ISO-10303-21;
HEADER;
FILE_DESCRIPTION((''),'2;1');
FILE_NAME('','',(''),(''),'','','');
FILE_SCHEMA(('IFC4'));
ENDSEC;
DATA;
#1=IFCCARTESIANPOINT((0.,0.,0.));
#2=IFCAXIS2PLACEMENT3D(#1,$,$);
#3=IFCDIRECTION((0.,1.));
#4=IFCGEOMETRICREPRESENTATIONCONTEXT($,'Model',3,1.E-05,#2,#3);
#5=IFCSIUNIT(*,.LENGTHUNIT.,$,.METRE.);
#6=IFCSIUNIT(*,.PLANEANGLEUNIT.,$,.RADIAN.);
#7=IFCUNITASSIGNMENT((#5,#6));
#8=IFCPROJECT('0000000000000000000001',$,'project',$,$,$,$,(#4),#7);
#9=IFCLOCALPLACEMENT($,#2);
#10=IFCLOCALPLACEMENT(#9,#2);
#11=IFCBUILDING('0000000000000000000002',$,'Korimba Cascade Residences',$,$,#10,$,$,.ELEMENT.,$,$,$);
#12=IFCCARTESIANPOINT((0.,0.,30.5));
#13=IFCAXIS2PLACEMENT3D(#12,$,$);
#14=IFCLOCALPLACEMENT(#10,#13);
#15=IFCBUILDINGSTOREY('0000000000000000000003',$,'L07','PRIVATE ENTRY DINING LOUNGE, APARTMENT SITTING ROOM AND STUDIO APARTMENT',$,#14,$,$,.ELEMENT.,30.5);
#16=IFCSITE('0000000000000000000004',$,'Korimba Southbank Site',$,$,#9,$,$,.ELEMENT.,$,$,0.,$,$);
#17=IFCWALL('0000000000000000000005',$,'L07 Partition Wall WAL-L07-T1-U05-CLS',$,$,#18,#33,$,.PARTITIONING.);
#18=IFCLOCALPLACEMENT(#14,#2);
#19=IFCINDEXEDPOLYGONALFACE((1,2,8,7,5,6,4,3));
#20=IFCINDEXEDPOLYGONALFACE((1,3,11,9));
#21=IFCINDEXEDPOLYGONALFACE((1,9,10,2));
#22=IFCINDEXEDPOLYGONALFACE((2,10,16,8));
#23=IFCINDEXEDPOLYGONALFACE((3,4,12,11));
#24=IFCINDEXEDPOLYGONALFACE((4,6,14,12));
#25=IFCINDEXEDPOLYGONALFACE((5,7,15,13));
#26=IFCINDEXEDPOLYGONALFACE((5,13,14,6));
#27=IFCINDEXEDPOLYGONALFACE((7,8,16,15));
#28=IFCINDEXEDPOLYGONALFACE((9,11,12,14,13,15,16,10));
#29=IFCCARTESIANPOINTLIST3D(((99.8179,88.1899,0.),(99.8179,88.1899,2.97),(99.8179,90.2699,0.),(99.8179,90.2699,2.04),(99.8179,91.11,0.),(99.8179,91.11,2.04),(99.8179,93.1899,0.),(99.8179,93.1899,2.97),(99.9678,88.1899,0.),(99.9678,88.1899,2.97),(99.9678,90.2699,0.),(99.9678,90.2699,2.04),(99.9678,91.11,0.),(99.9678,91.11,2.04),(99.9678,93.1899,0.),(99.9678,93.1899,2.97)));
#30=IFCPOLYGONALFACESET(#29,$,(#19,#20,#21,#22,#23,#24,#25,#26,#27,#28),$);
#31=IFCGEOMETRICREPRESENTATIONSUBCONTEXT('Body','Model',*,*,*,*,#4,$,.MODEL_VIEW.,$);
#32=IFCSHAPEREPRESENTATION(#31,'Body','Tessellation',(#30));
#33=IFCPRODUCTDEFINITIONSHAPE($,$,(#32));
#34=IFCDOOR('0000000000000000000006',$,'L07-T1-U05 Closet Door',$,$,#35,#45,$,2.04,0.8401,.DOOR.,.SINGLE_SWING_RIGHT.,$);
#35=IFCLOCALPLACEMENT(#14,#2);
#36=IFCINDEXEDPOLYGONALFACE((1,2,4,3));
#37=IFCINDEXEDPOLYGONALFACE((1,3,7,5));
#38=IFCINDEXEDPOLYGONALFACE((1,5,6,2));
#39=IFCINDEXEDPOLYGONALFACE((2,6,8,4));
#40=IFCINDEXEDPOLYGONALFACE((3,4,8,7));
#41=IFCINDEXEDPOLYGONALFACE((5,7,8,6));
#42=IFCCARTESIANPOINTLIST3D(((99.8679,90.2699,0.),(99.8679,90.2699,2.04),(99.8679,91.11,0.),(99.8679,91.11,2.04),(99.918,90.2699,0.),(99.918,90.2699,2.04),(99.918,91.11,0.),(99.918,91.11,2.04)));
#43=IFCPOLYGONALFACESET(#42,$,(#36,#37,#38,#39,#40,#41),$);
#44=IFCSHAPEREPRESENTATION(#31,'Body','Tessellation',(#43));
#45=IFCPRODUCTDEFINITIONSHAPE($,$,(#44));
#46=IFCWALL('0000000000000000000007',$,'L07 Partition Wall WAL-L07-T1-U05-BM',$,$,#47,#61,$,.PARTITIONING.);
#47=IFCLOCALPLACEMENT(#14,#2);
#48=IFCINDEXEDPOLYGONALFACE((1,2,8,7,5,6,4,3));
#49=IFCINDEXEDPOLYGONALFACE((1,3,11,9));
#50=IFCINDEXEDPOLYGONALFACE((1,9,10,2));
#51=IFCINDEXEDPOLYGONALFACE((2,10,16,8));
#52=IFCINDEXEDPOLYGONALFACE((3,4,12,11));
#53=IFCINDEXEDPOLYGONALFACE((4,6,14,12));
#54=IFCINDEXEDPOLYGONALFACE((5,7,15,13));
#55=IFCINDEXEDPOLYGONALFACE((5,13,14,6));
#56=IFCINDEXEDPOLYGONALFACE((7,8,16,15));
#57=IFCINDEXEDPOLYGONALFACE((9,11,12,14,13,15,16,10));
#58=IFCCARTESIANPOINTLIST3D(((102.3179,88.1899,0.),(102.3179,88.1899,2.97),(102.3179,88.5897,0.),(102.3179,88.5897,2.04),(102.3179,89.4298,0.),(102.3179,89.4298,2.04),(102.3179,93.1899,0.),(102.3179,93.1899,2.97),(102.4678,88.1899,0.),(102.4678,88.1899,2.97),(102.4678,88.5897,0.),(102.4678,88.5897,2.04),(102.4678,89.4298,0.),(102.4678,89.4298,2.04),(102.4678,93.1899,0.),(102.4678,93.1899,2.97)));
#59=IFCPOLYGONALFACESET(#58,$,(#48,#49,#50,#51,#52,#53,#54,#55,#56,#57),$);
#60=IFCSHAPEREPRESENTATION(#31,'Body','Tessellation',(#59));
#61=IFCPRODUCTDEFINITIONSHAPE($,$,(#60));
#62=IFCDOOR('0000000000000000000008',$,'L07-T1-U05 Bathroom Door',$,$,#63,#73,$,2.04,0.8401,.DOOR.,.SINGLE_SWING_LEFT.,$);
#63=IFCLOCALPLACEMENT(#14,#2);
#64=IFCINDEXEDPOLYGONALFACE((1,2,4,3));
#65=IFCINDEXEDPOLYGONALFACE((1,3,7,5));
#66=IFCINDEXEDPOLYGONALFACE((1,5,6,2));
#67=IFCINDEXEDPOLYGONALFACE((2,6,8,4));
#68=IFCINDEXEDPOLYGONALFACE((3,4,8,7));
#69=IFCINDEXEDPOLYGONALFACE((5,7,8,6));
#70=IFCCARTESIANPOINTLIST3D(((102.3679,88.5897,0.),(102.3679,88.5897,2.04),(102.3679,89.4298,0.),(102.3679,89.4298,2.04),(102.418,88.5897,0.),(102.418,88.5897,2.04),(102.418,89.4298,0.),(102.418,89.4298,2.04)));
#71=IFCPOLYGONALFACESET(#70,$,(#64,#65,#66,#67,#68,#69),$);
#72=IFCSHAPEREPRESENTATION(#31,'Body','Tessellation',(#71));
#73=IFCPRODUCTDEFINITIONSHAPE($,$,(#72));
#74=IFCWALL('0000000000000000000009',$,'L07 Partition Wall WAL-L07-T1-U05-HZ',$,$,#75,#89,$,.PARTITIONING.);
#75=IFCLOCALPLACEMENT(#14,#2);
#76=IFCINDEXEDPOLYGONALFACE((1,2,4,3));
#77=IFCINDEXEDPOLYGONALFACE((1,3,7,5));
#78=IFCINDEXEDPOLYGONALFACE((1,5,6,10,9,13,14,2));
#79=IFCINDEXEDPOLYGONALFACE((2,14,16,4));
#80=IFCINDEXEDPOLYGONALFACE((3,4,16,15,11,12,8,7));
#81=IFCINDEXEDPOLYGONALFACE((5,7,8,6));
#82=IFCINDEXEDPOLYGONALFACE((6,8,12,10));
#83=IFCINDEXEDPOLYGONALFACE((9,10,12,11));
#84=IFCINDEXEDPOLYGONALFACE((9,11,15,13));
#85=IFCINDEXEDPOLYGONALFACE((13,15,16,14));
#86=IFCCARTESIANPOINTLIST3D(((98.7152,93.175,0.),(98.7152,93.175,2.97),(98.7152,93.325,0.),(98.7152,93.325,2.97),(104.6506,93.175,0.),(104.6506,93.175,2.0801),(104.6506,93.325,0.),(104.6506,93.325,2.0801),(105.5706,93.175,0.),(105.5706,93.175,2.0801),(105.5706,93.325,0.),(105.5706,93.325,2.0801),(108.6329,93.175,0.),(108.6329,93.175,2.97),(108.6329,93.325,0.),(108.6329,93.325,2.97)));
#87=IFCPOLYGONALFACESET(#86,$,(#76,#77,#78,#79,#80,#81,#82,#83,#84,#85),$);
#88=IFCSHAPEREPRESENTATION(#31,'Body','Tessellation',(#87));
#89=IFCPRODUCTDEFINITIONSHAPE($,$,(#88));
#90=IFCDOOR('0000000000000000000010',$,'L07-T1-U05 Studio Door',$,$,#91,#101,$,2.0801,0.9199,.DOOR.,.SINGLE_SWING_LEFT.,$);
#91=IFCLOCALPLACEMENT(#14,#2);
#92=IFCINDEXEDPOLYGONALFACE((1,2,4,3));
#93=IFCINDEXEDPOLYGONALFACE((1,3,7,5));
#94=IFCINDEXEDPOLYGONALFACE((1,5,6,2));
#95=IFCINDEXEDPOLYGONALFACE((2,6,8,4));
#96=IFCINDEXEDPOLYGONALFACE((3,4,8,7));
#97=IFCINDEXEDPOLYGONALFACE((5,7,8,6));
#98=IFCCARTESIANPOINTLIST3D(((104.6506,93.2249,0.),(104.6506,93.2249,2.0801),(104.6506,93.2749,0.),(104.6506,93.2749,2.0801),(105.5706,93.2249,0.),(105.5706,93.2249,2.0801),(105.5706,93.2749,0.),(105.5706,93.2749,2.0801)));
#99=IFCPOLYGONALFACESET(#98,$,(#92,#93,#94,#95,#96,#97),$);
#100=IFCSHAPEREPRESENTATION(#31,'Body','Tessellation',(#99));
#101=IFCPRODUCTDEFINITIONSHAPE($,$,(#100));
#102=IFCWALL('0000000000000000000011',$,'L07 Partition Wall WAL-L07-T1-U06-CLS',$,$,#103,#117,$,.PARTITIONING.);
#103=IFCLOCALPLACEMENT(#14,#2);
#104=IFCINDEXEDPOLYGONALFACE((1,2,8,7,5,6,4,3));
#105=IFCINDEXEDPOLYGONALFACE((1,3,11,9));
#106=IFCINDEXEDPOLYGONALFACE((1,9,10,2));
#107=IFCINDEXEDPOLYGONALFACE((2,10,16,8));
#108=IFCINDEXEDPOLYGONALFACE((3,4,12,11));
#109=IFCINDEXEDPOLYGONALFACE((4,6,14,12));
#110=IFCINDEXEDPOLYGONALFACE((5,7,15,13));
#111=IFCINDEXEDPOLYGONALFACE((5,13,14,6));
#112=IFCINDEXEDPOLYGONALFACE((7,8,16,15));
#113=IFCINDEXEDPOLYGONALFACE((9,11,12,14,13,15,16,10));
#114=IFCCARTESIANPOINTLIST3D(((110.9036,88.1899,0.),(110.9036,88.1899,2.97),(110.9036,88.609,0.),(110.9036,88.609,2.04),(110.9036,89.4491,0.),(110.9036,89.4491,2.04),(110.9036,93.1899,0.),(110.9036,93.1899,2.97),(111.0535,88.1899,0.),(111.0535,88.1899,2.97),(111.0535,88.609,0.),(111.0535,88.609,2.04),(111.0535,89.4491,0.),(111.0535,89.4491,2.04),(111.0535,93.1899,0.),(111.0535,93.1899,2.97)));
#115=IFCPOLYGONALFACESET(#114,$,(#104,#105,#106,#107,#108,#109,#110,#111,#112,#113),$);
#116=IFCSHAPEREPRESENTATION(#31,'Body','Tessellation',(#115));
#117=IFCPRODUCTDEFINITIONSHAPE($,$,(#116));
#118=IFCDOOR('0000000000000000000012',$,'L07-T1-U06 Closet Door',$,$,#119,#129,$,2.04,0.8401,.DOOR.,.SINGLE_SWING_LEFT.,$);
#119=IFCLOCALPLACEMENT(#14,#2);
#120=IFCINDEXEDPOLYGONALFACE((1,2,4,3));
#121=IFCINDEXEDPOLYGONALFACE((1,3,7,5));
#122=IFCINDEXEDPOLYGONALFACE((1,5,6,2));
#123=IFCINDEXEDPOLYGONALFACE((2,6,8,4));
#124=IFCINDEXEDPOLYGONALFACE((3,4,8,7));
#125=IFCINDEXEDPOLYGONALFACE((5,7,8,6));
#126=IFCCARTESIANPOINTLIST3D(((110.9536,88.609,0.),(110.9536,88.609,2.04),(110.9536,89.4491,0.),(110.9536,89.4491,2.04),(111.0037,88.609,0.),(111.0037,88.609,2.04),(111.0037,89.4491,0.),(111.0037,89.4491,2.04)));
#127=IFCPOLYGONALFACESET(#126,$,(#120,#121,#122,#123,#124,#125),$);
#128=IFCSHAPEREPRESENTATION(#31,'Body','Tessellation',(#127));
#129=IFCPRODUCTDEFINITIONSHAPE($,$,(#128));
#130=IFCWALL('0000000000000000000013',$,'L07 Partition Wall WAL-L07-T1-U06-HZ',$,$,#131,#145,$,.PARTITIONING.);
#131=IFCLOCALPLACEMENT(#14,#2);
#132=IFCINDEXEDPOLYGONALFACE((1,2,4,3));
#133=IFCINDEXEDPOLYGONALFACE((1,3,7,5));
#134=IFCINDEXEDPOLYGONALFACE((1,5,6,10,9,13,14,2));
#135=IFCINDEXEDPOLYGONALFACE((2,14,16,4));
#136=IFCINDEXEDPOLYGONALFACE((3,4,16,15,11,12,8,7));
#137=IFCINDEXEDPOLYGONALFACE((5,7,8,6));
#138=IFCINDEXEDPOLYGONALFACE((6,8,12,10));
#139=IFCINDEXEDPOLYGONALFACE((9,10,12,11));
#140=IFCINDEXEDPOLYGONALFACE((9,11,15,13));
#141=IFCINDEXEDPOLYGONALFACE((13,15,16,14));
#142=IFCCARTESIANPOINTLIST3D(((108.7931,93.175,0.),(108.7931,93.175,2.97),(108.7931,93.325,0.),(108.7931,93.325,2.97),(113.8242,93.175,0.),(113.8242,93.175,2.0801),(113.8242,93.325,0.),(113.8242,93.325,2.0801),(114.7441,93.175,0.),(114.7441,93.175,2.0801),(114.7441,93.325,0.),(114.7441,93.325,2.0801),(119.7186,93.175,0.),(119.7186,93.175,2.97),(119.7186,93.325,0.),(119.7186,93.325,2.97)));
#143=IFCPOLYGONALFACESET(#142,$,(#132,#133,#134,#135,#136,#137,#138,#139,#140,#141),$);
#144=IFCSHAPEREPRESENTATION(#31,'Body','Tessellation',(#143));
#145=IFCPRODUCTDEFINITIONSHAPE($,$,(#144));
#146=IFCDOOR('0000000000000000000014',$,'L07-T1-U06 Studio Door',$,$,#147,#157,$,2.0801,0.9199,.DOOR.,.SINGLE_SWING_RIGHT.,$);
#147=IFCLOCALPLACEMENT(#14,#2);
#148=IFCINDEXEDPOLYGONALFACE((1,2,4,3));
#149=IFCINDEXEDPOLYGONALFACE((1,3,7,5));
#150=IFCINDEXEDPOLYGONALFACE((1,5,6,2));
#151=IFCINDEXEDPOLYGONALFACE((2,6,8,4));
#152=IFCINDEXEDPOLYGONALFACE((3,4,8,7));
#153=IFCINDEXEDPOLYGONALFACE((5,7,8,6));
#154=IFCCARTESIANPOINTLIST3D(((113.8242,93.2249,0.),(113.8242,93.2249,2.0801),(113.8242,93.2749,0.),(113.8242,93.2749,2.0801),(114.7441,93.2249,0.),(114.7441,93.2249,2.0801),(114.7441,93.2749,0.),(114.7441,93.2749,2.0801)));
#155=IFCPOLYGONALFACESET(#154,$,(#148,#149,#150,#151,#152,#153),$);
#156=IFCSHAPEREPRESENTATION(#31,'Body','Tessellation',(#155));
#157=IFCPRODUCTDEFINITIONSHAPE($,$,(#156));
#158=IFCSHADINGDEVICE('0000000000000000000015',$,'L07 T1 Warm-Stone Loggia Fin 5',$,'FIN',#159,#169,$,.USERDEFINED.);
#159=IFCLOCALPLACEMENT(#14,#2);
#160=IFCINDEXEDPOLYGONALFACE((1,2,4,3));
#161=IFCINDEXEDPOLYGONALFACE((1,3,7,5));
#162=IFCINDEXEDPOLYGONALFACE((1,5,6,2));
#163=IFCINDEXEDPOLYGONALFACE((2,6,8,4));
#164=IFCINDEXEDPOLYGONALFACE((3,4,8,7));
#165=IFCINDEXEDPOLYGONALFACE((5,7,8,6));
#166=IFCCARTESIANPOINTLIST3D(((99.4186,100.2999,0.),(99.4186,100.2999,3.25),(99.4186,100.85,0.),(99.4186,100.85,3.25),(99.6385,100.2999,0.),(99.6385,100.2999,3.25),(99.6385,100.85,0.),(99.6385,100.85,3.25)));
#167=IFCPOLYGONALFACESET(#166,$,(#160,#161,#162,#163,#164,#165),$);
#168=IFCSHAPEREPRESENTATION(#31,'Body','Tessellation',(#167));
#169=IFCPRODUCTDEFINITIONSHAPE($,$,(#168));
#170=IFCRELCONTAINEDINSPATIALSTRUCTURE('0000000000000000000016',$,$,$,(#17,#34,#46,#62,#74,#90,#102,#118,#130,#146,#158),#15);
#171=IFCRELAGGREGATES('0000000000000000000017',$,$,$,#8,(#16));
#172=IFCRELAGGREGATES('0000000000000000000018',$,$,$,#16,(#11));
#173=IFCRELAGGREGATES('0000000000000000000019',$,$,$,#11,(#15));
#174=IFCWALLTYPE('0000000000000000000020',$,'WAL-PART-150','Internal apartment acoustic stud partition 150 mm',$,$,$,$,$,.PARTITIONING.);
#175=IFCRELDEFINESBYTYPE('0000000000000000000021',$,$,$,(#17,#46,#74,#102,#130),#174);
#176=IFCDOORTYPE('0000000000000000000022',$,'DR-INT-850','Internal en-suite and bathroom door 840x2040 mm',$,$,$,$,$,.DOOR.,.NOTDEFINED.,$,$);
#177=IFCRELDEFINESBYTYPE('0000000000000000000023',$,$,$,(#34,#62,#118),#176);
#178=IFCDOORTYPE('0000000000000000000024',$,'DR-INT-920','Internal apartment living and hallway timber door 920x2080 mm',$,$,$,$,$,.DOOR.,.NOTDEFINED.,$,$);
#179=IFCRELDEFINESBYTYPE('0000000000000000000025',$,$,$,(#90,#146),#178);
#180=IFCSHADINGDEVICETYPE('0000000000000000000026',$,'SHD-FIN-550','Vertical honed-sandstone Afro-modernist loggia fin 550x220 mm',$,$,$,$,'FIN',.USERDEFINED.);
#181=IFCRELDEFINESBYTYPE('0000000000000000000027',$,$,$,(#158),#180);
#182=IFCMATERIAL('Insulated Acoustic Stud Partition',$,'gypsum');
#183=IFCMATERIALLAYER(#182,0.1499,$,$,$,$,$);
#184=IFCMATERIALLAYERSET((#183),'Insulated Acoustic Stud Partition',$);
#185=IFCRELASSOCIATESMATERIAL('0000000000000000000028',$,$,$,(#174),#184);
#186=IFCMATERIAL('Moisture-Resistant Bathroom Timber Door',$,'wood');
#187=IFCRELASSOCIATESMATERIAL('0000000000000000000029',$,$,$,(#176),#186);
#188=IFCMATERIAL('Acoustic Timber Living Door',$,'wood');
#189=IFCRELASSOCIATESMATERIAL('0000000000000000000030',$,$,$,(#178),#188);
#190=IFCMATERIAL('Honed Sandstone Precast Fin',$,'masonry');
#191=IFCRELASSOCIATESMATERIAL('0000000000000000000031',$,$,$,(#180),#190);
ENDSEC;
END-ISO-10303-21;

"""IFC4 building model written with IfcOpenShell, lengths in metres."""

from ifc_helpers import new_model, si_unit, direction, frame, frame_2d, origin, origin_2d, place, context, subcontext, project, spatial, rectangle, extrude, material, layer, layer_set, type_object, element, fill, save


model = new_model("IFC4")

# Units and contexts
model_context = context("Model", 3, precision=1e-05, world=origin(), true_north=direction((0.0, 1.0)))
body_context = subcontext(model_context, "Body", "Model", "MODEL_VIEW")
ifc_project = project(units=[si_unit("LENGTHUNIT", "METRE"), si_unit("PLANEANGLEUNIT", "RADIAN")], contexts=[model_context])

# Site, building, storey
site_placement = place(None, origin())
site = spatial("IfcSite", under=ifc_project, at=site_placement, Name="Korimba Southbank Site", CompositionType="ELEMENT", RefElevation=0.0)
building_placement = place(site_placement, origin())
building = spatial("IfcBuilding", under=site, at=building_placement, Name="Korimba Cascade Residences", CompositionType="ELEMENT")
storey_placement = place(building_placement, frame((0.0, 0.0, 30.5)))
storey = spatial("IfcBuildingStorey", under=building, at=storey_placement, Name="L07", Description="PRIVATE ENTRY DINING LOUNGE, APARTMENT SITTING ROOM AND STUDIO APARTMENT", CompositionType="ELEMENT", Elevation=30.5)

# Walls, openings, doors
ifc_material_1 = material(Name="Insulated Acoustic Stud Partition", Category="gypsum")
ifc_layer = layer(ifc_material_1, 0.1499)
ifc_layer_set = layer_set([ifc_layer], Name="Insulated Acoustic Stud Partition")
wall_type = type_object("IfcWallType", Name="WAL-PART-150", Description="Internal apartment acoustic stud partition 150 mm", PredefinedType="PARTITIONING", material=ifc_layer_set)
wall_1_placement = place(storey_placement, frame((99.8928, 88.1899, 0.0), z_axis=(0.0, 0.0, 1.0), x_axis=(0.0, 1.0, 0.0)))
wall_1 = element("IfcWall", 1, at=wall_1_placement, inside=storey, type_object=wall_type, Name="L07 Partition Wall WAL-L07-T1-U05-CLS", PredefinedType="PARTITIONING", context=body_context, shape_type="SweptSolid", body=[
    extrude(rectangle(XDim=5.0, YDim=0.1499, at=frame_2d((2.5, 0.0))), origin(), (0.0, 0.0, 1.0), 2.97),
])
opening_1_placement = place(wall_1_placement, frame((2.0801, 0.0, 0.0)))
opening_1 = element("IfcOpeningElement", 2, at=opening_1_placement, cuts=wall_1, PredefinedType="OPENING", context=body_context, shape_type="SweptSolid", body=[
    extrude(rectangle(XDim=0.8401, YDim=2.04, at=frame_2d((0.4199, 1.02))), frame((0.0, 0.085, 0.0), z_axis=(0.0, -1.0, 0.0), x_axis=(1.0, 0.0, 0.0)), (0.0, 0.0, 1.0), 0.1699),
])
ifc_material_2 = material(Name="Moisture-Resistant Bathroom Timber Door", Category="wood")
door_type_1 = type_object("IfcDoorType", Name="DR-INT-850", Description="Internal en-suite and bathroom door 840x2040 mm", OperationType="NOTDEFINED", PredefinedType="DOOR", material=ifc_material_2)
door_1_placement = place(opening_1_placement, origin())
door_1 = element("IfcDoor", 3, at=door_1_placement, inside=storey, type_object=door_type_1, Name="L07-T1-U05 Closet Door", OperationType="SINGLE_SWING_RIGHT", OverallHeight=2.04, OverallWidth=0.8401, PredefinedType="DOOR", context=body_context, shape_type="SweptSolid", body=[
    extrude(rectangle(XDim=0.8401, YDim=2.04, at=frame_2d((0.4199, 1.02))), frame((0.0, 0.0249, 0.0), z_axis=(0.0, -1.0, 0.0), x_axis=(1.0, 0.0, 0.0)), (0.0, 0.0, 1.0), 0.05),
])
fill(opening_1, door_1)
wall_2_placement = place(storey_placement, frame((102.3928, 88.1899, 0.0), z_axis=(0.0, 0.0, 1.0), x_axis=(0.0, 1.0, 0.0)))
wall_2 = element("IfcWall", 4, at=wall_2_placement, inside=storey, type_object=wall_type, Name="L07 Partition Wall WAL-L07-T1-U05-BM", PredefinedType="PARTITIONING", context=body_context, shape_type="SweptSolid", body=[
    extrude(rectangle(XDim=5.0, YDim=0.1499, at=frame_2d((2.5, 0.0))), origin(), (0.0, 0.0, 1.0), 2.97),
])
opening_2_placement = place(wall_2_placement, frame((0.3999, 0.0, 0.0)))
opening_2 = element("IfcOpeningElement", 5, at=opening_2_placement, cuts=wall_2, PredefinedType="OPENING", context=body_context, shape_type="SweptSolid", body=[
    extrude(rectangle(XDim=0.8401, YDim=2.04, at=frame_2d((0.4199, 1.02))), frame((0.0, 0.085, 0.0), z_axis=(0.0, -1.0, 0.0), x_axis=(1.0, 0.0, 0.0)), (0.0, 0.0, 1.0), 0.1699),
])
door_2_placement = place(opening_2_placement, origin())
door_2 = element("IfcDoor", 6, at=door_2_placement, inside=storey, type_object=door_type_1, Name="L07-T1-U05 Bathroom Door", OperationType="SINGLE_SWING_LEFT", OverallHeight=2.04, OverallWidth=0.8401, PredefinedType="DOOR", context=body_context, shape_type="SweptSolid", body=[
    extrude(rectangle(XDim=0.8401, YDim=2.04, at=frame_2d((0.4199, 1.02))), frame((0.0, 0.0249, 0.0), z_axis=(0.0, -1.0, 0.0), x_axis=(1.0, 0.0, 0.0)), (0.0, 0.0, 1.0), 0.05),
])
fill(opening_2, door_2)
wall_3_placement = place(storey_placement, frame((98.7151, 93.25, 0.0), z_axis=(0.0, 0.0, 1.0), x_axis=(1.0, 0.0, 0.0)))
wall_3 = element("IfcWall", 7, at=wall_3_placement, inside=storey, type_object=wall_type, Name="L07 Partition Wall WAL-L07-T1-U05-HZ", PredefinedType="PARTITIONING", context=body_context, shape_type="SweptSolid", body=[
    extrude(rectangle(XDim=9.9177, YDim=0.1499, at=frame_2d((4.959, 0.0))), origin(), (0.0, 0.0, 1.0), 2.97),
])
opening_3_placement = place(wall_3_placement, frame((5.9355, 0.0, 0.0)))
opening_3 = element("IfcOpeningElement", 8, at=opening_3_placement, cuts=wall_3, PredefinedType="OPENING", context=body_context, shape_type="SweptSolid", body=[
    extrude(rectangle(XDim=0.9199, YDim=2.0801, at=frame_2d((0.46, 1.04))), frame((0.0, 0.085, 0.0), z_axis=(0.0, -1.0, 0.0), x_axis=(1.0, 0.0, 0.0)), (0.0, 0.0, 1.0), 0.1699),
])
ifc_material_3 = material(Name="Acoustic Timber Living Door", Category="wood")
door_type_2 = type_object("IfcDoorType", Name="DR-INT-920", Description="Internal apartment living and hallway timber door 920x2080 mm", OperationType="NOTDEFINED", PredefinedType="DOOR", material=ifc_material_3)
door_3_placement = place(opening_3_placement, origin())
door_3 = element("IfcDoor", 9, at=door_3_placement, inside=storey, type_object=door_type_2, Name="L07-T1-U05 Studio Door", OperationType="SINGLE_SWING_LEFT", OverallHeight=2.0801, OverallWidth=0.9199, PredefinedType="DOOR", context=body_context, shape_type="SweptSolid", body=[
    extrude(rectangle(XDim=0.9199, YDim=2.0801, at=frame_2d((0.46, 1.04))), frame((0.0, 0.0249, 0.0), z_axis=(0.0, -1.0, 0.0), x_axis=(1.0, 0.0, 0.0)), (0.0, 0.0, 1.0), 0.05),
])
fill(opening_3, door_3)
wall_4_placement = place(storey_placement, frame((110.9785, 88.1899, 0.0), z_axis=(0.0, 0.0, 1.0), x_axis=(0.0, 1.0, 0.0)))
wall_4 = element("IfcWall", 10, at=wall_4_placement, inside=storey, type_object=wall_type, Name="L07 Partition Wall WAL-L07-T1-U06-CLS", PredefinedType="PARTITIONING", context=body_context, shape_type="SweptSolid", body=[
    extrude(rectangle(XDim=5.0, YDim=0.1499, at=frame_2d((2.5, 0.0))), origin(), (0.0, 0.0, 1.0), 2.97),
])
opening_4_placement = place(wall_4_placement, frame((0.4192, 0.0, 0.0)))
opening_4 = element("IfcOpeningElement", 11, at=opening_4_placement, cuts=wall_4, PredefinedType="OPENING", context=body_context, shape_type="SweptSolid", body=[
    extrude(rectangle(XDim=0.8401, YDim=2.04, at=frame_2d((0.4199, 1.02))), frame((0.0, 0.085, 0.0), z_axis=(0.0, -1.0, 0.0), x_axis=(1.0, 0.0, 0.0)), (0.0, 0.0, 1.0), 0.1699),
])
door_4_placement = place(opening_4_placement, origin())
door_4 = element("IfcDoor", 12, at=door_4_placement, inside=storey, type_object=door_type_1, Name="L07-T1-U06 Closet Door", OperationType="SINGLE_SWING_LEFT", OverallHeight=2.04, OverallWidth=0.8401, PredefinedType="DOOR", context=body_context, shape_type="SweptSolid", body=[
    extrude(rectangle(XDim=0.8401, YDim=2.04, at=frame_2d((0.4199, 1.02))), frame((0.0, 0.0249, 0.0), z_axis=(0.0, -1.0, 0.0), x_axis=(1.0, 0.0, 0.0)), (0.0, 0.0, 1.0), 0.05),
])
fill(opening_4, door_4)
wall_5_placement = place(storey_placement, frame((108.793, 93.25, 0.0), z_axis=(0.0, 0.0, 1.0), x_axis=(1.0, 0.0, 0.0)))
wall_5 = element("IfcWall", 13, at=wall_5_placement, inside=storey, type_object=wall_type, Name="L07 Partition Wall WAL-L07-T1-U06-HZ", PredefinedType="PARTITIONING", context=body_context, shape_type="SweptSolid", body=[
    extrude(rectangle(XDim=10.9255, YDim=0.1499, at=frame_2d((5.4629, 0.0))), origin(), (0.0, 0.0, 1.0), 2.97),
])
opening_5_placement = place(wall_5_placement, frame((5.0312, 0.0, 0.0)))
opening_5 = element("IfcOpeningElement", 14, at=opening_5_placement, cuts=wall_5, PredefinedType="OPENING", context=body_context, shape_type="SweptSolid", body=[
    extrude(rectangle(XDim=0.9199, YDim=2.0801, at=frame_2d((0.46, 1.04))), frame((0.0, 0.085, 0.0), z_axis=(0.0, -1.0, 0.0), x_axis=(1.0, 0.0, 0.0)), (0.0, 0.0, 1.0), 0.1699),
])
door_5_placement = place(opening_5_placement, origin())
door_5 = element("IfcDoor", 15, at=door_5_placement, inside=storey, type_object=door_type_2, Name="L07-T1-U06 Studio Door", OperationType="SINGLE_SWING_RIGHT", OverallHeight=2.0801, OverallWidth=0.9199, PredefinedType="DOOR", context=body_context, shape_type="SweptSolid", body=[
    extrude(rectangle(XDim=0.9199, YDim=2.0801, at=frame_2d((0.46, 1.04))), frame((0.0, 0.0249, 0.0), z_axis=(0.0, -1.0, 0.0), x_axis=(1.0, 0.0, 0.0)), (0.0, 0.0, 1.0), 0.05),
])
fill(opening_5, door_5)

# Shading device
ifc_material_4 = material(Name="Honed Sandstone Precast Fin", Category="masonry")
shading_device_type = type_object("IfcShadingDeviceType", Name="SHD-FIN-550", Description="Vertical honed-sandstone Afro-modernist loggia fin 550x220 mm", ElementType="FIN", PredefinedType="USERDEFINED", material=ifc_material_4)
for number, where, z_axis, x_axis, name in (
    (16, (99.5286, 100.575, 0.0), (0.0, 0.0, 1.0), (1.0, 0.0, 0.0), "L07 T1 Warm-Stone Loggia Fin 5"),
):
    element("IfcShadingDevice", number, at=place(storey_placement, frame(where, z_axis=z_axis, x_axis=x_axis)), inside=storey, type_object=shading_device_type, Name=name, ObjectType="FIN", PredefinedType="USERDEFINED", context=body_context, shape_type="SweptSolid", body=[
        extrude(rectangle(XDim=0.22, YDim=0.55, at=origin_2d()), origin(), (0.0, 0.0, 1.0), 3.25),
    ])

save(model, "model.ifc")
